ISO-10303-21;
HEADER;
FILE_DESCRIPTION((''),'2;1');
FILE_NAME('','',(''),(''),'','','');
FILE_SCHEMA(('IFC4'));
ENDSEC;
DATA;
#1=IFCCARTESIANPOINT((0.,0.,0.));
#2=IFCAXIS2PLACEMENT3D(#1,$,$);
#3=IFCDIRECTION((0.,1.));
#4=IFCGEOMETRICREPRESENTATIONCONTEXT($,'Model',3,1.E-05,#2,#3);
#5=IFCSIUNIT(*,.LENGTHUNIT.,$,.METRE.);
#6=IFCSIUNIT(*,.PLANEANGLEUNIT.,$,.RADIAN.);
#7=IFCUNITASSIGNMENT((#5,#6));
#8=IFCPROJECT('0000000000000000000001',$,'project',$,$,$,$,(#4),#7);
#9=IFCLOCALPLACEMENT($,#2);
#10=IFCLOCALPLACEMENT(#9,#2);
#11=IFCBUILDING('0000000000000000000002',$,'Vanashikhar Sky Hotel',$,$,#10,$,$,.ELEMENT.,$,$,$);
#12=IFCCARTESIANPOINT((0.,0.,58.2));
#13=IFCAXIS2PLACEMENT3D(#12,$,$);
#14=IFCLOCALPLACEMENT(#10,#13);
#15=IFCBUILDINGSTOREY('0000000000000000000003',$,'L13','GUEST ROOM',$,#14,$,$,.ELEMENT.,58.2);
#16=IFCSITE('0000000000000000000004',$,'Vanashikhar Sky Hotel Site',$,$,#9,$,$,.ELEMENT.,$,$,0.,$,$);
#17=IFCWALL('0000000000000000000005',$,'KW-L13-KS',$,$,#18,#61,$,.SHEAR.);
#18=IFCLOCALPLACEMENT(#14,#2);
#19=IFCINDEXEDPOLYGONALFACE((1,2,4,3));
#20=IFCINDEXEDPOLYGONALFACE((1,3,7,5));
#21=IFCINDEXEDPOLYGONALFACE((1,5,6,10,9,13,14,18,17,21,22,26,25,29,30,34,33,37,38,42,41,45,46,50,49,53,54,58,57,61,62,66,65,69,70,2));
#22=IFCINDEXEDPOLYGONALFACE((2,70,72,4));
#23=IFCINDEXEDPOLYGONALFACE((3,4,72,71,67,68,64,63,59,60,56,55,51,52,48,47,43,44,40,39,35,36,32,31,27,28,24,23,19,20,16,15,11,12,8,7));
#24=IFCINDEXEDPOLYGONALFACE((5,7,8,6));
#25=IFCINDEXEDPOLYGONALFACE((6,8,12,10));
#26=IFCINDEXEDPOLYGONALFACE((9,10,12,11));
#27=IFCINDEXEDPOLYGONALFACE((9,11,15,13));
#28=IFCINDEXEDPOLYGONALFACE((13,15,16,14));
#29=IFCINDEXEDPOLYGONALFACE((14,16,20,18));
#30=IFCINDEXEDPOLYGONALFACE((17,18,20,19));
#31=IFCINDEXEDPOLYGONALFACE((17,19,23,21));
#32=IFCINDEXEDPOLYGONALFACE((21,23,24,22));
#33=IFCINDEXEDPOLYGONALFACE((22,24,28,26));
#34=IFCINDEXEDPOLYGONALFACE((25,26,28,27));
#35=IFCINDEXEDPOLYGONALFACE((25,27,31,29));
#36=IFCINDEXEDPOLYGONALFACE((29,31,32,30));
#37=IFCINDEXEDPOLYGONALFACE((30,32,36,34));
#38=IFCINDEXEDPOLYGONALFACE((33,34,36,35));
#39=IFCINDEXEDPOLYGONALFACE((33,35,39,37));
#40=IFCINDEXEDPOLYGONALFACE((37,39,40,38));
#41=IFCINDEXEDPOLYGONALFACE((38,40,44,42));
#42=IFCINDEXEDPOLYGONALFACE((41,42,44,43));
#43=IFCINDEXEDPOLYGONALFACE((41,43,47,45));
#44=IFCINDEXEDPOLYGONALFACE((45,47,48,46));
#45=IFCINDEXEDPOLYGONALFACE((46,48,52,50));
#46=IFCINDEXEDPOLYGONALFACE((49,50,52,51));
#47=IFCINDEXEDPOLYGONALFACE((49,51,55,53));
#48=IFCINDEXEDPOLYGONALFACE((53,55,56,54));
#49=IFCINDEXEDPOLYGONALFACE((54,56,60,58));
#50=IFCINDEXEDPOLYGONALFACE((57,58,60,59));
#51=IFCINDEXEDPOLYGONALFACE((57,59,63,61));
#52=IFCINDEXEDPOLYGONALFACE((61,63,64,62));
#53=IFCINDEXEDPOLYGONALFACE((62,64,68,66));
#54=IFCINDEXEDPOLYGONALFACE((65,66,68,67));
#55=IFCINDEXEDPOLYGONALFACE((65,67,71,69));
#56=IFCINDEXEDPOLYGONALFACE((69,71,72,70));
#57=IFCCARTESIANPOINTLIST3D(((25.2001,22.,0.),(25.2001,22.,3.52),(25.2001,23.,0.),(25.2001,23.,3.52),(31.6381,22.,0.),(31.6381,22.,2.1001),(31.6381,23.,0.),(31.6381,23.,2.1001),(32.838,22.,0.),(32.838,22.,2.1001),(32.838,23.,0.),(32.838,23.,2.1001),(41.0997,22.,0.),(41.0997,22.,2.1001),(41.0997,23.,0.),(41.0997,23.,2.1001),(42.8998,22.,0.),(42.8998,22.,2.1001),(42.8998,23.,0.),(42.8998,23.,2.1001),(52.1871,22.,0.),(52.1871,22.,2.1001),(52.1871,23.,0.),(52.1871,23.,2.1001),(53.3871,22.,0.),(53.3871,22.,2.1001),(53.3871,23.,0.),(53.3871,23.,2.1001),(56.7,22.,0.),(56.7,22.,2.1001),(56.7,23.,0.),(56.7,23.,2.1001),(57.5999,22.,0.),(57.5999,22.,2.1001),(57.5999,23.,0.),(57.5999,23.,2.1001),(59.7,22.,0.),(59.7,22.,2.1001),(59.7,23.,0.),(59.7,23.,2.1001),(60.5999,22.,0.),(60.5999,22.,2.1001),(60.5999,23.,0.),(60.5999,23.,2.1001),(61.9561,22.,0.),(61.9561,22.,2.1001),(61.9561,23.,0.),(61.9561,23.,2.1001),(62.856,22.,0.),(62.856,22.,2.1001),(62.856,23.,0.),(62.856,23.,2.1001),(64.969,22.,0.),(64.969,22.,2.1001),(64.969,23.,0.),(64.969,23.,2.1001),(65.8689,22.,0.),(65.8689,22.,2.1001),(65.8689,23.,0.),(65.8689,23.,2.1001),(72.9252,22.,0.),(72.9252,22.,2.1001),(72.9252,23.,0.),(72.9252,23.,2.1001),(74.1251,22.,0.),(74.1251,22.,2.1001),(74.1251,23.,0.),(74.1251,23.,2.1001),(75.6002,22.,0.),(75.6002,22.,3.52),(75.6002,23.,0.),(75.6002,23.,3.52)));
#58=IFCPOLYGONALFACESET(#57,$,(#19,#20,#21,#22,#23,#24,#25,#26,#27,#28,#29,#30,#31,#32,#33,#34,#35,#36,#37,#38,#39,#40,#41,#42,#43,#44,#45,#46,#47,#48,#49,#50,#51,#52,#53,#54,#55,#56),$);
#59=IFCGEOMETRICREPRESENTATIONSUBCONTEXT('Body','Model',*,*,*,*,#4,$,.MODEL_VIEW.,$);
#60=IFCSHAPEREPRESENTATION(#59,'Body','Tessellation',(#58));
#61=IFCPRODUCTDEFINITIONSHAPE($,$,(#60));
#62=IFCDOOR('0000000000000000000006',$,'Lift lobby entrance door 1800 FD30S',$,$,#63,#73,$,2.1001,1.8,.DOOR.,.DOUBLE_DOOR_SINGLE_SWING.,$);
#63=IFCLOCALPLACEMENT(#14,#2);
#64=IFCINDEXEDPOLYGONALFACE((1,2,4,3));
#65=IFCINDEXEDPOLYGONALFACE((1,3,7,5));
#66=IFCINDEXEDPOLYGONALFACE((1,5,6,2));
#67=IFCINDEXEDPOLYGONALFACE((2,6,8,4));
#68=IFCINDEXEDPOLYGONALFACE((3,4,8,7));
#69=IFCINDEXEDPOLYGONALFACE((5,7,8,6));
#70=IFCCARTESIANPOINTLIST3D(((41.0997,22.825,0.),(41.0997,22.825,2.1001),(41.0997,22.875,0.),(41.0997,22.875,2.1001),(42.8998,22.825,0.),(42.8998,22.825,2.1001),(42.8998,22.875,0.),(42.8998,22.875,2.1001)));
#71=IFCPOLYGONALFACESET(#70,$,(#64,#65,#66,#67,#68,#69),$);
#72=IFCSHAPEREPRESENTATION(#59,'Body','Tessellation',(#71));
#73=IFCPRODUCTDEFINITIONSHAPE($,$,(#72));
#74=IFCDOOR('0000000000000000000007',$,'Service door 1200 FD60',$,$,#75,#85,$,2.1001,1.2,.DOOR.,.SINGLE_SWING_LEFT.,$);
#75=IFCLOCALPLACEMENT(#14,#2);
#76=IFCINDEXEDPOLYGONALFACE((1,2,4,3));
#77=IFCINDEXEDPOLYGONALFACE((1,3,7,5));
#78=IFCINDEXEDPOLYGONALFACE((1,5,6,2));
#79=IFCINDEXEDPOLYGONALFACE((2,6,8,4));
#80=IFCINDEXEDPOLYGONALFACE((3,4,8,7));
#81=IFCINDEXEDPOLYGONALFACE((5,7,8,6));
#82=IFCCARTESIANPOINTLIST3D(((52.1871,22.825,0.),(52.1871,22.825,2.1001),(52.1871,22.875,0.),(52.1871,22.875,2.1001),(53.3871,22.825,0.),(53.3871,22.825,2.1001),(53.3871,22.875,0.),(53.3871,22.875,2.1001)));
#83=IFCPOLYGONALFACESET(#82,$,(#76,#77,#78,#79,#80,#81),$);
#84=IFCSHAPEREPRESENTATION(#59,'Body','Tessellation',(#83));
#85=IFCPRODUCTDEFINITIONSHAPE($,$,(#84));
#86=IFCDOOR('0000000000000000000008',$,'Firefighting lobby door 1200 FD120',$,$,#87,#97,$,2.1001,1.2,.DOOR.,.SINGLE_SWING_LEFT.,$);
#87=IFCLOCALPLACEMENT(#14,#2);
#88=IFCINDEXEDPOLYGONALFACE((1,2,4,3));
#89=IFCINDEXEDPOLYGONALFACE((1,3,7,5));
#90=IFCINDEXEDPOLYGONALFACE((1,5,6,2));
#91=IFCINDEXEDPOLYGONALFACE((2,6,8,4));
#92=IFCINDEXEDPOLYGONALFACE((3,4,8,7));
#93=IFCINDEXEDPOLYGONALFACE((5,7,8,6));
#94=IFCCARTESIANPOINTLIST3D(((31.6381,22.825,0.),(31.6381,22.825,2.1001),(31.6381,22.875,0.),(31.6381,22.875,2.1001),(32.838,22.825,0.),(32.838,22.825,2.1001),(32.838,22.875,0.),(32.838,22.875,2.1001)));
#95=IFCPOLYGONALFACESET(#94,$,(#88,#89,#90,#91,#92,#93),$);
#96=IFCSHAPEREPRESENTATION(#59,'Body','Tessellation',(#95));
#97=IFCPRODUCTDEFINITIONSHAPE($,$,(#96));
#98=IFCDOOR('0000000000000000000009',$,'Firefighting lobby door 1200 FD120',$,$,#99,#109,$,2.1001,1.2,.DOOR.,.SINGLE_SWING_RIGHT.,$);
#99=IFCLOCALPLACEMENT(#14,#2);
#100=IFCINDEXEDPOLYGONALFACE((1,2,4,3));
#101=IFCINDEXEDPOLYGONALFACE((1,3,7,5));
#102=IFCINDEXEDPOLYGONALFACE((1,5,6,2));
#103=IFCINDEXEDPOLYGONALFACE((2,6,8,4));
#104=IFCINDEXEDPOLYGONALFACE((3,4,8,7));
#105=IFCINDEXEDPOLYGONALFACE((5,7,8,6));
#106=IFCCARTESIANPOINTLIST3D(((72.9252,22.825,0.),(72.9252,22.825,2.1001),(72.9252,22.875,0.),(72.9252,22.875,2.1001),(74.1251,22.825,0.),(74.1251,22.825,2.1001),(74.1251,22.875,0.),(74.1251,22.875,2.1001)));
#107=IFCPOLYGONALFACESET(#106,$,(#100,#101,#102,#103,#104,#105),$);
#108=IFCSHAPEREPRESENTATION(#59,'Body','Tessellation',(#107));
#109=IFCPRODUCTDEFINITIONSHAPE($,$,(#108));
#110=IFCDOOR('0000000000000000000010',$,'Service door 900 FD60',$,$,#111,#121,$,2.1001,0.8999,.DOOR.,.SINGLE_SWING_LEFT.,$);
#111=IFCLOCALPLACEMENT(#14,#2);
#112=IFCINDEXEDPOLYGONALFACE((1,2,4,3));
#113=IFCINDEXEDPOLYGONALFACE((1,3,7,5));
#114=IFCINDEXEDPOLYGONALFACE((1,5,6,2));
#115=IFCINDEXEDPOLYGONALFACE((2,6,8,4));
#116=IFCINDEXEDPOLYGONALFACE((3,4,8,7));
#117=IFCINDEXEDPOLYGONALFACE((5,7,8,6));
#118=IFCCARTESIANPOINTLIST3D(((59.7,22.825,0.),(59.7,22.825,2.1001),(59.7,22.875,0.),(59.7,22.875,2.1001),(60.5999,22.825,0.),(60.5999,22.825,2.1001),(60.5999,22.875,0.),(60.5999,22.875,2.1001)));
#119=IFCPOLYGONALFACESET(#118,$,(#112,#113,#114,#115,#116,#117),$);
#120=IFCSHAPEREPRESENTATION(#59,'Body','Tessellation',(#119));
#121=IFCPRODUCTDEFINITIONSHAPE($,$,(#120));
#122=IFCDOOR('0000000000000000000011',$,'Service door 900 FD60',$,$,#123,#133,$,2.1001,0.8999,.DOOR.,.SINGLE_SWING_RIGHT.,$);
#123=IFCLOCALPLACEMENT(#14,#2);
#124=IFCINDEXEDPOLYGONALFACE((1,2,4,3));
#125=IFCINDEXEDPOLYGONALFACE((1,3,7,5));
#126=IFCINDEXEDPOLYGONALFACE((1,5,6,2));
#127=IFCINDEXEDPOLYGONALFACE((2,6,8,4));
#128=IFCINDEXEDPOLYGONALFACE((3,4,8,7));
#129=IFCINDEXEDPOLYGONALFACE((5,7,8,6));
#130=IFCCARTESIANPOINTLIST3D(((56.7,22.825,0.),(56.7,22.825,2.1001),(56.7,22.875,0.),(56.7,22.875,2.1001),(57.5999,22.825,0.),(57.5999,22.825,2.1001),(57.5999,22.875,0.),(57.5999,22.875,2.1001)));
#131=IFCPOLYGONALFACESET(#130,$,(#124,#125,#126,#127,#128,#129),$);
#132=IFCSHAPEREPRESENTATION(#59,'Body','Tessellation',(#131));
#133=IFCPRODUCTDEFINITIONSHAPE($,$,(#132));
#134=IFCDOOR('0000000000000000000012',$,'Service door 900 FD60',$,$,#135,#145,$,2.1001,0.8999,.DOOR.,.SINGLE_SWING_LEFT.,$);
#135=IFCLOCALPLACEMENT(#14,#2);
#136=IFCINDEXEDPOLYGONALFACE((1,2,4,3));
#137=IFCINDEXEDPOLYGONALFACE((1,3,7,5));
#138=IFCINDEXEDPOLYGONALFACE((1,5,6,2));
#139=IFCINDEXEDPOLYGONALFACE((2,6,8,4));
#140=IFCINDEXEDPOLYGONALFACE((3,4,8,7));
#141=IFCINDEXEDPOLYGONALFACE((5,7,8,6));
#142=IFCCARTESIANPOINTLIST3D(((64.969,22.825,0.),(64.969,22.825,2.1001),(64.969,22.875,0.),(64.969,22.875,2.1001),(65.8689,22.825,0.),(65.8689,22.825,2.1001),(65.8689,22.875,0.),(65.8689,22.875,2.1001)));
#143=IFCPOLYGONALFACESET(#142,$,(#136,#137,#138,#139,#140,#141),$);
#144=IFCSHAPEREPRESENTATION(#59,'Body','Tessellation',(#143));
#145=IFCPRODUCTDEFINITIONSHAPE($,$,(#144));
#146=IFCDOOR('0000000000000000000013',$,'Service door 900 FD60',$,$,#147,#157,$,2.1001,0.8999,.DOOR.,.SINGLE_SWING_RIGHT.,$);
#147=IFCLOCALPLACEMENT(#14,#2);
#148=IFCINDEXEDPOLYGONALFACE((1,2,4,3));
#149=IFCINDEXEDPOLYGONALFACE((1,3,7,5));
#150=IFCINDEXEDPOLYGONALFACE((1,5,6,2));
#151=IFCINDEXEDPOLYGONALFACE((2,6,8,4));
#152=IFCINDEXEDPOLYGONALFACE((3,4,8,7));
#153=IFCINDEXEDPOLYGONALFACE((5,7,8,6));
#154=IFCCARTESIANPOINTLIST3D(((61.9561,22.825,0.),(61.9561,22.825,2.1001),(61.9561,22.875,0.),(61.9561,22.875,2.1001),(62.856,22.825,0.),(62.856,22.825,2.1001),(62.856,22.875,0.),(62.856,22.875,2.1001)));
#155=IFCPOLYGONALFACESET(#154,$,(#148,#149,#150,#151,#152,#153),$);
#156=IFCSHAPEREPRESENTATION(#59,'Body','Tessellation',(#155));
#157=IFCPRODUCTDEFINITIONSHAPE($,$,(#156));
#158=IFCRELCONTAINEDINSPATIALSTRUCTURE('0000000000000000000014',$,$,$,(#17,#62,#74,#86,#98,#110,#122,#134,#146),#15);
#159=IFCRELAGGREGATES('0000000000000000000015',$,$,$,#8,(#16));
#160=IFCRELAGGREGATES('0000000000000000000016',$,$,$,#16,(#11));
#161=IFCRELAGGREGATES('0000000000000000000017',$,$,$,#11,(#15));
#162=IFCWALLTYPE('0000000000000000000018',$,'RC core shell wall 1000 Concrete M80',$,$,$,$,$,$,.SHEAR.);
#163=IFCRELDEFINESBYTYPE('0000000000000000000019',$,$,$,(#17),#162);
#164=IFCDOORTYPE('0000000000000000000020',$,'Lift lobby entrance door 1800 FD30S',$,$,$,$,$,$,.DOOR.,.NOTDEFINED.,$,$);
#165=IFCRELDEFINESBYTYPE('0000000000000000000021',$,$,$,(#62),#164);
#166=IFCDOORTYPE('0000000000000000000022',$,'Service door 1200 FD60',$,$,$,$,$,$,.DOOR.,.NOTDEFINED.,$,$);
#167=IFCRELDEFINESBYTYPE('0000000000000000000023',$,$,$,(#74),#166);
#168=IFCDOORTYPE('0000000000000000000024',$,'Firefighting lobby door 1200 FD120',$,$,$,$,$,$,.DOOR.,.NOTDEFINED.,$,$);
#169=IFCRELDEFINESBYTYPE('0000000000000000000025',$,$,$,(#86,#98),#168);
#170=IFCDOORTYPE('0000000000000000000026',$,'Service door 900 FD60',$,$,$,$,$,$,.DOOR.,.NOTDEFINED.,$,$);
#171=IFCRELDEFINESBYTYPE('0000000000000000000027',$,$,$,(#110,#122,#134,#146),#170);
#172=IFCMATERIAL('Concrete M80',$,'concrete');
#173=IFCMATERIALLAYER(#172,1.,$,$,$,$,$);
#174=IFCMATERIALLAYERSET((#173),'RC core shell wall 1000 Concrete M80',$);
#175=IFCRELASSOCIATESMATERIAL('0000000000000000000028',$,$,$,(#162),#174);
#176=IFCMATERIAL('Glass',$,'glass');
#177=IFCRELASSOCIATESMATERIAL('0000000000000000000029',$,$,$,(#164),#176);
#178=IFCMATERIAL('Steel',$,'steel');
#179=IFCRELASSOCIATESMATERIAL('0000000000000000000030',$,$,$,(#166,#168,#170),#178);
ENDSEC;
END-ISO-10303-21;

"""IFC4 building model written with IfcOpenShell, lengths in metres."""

from ifc_helpers import new_model, si_unit, direction, frame, frame_2d, origin, place, context, subcontext, project, spatial, rectangle, extrude, source, transform, mapped, material, layer, layer_set, type_object, element, fill, save


model = new_model("IFC4")

# Units and contexts
model_context = context("Model", 3, precision=1e-05, world=origin(), true_north=direction((0.0, 1.0)))
body_context = subcontext(model_context, "Body", "Model", "MODEL_VIEW")
ifc_project = project(units=[si_unit("LENGTHUNIT", "METRE"), si_unit("PLANEANGLEUNIT", "RADIAN")], contexts=[model_context])

# Site, building, storey
site_placement = place(None, origin())
site = spatial("IfcSite", under=ifc_project, at=site_placement, Name="Vanashikhar Sky Hotel Site", CompositionType="ELEMENT", RefElevation=0.0)
building_placement = place(site_placement, origin())
building = spatial("IfcBuilding", under=site, at=building_placement, Name="Vanashikhar Sky Hotel", CompositionType="ELEMENT")
storey_placement = place(building_placement, frame((0.0, 0.0, 58.2)))
storey = spatial("IfcBuildingStorey", under=building, at=storey_placement, Name="L13", Description="GUEST ROOM", CompositionType="ELEMENT", Elevation=58.2)

# Wall, openings, doors
ifc_material_1 = material(Name="Concrete M80", Category="concrete")
ifc_layer_1 = layer(ifc_material_1, 1.0)
ifc_layer_set_1 = layer_set([ifc_layer_1], Name="RC core shell wall 1000 Concrete M80")
wall_type_1 = type_object("IfcWallType", Name="RC core shell wall 1000 Concrete M80", PredefinedType="SHEAR", material=ifc_layer_set_1)
shared_shape_1 = source(origin(), body_context, "Body", "SweptSolid", [
    extrude(rectangle(XDim=50.4001, YDim=1.0, at=frame_2d((25.2002, 0.0))), origin(), (0.0, 0.0, 1.0), 3.52),
])
wall_1_placement = place(storey_placement, frame((25.2, 22.5, 0.0), z_axis=(0.0, 0.0, 1.0), x_axis=(1.0, 0.0, 0.0)))
wall_1 = element("IfcWall", 1, at=wall_1_placement, inside=storey, type_object=wall_type_1, Name="KW-L13-KS", PredefinedType="SHEAR", context=body_context, shape_type="MappedRepresentation", body=[
    mapped(shared_shape_1, transform((0.0, 0.0, 0.0), scale=1.0)),
])
shared_shape_2 = source(origin(), body_context, "Body", "SweptSolid", [
    extrude(rectangle(XDim=1.8, YDim=2.1001, at=frame_2d((0.8999, 1.05))), frame((0.0, 0.51, 0.0), z_axis=(0.0, -1.0, 0.0), x_axis=(1.0, 0.0, 0.0)), (0.0, 0.0, 1.0), 1.02),
])
opening_1_placement = place(wall_1_placement, frame((15.8999, 0.0, 0.0)))
opening_1 = element("IfcOpeningElement", 2, at=opening_1_placement, cuts=wall_1, PredefinedType="OPENING", context=body_context, shape_type="MappedRepresentation", body=[
    mapped(shared_shape_2, transform((0.0, 0.0, 0.0), scale=1.0)),
])
shared_shape_3 = source(origin(), body_context, "Body", "SweptSolid", [
    extrude(rectangle(XDim=1.2, YDim=2.1001, at=frame_2d((0.6001, 1.05))), frame((0.0, 0.51, 0.0), z_axis=(0.0, -1.0, 0.0), x_axis=(1.0, 0.0, 0.0)), (0.0, 0.0, 1.0), 1.02),
])
opening_2_placement = place(wall_1_placement, frame((26.9871, 0.0, 0.0)))
opening_2 = element("IfcOpeningElement", 3, at=opening_2_placement, cuts=wall_1, PredefinedType="OPENING", context=body_context, shape_type="MappedRepresentation", body=[
    mapped(shared_shape_3, transform((0.0, 0.0, 0.0), scale=1.0)),
])
shared_shape_4 = source(origin(), body_context, "Body", "SweptSolid", [
    extrude(rectangle(XDim=0.8999, YDim=2.1001, at=frame_2d((0.45, 1.05))), frame((0.0, 0.51, 0.0), z_axis=(0.0, -1.0, 0.0), x_axis=(1.0, 0.0, 0.0)), (0.0, 0.0, 1.0), 1.02),
])
opening_3_placement = place(wall_1_placement, frame((34.5, 0.0, 0.0)))
opening_3 = element("IfcOpeningElement", 4, at=opening_3_placement, cuts=wall_1, PredefinedType="OPENING", context=body_context, shape_type="MappedRepresentation", body=[
    mapped(shared_shape_4, transform((0.0, 0.0, 0.0), scale=1.0)),
])
opening_4_placement = place(wall_1_placement, frame((31.5, 0.0, 0.0)))
opening_4 = element("IfcOpeningElement", 5, at=opening_4_placement, cuts=wall_1, PredefinedType="OPENING", context=body_context, shape_type="MappedRepresentation", body=[
    mapped(shared_shape_4, transform((0.0, 0.0, 0.0), scale=1.0)),
])
opening_5_placement = place(wall_1_placement, frame((39.769, 0.0, 0.0)))
opening_5 = element("IfcOpeningElement", 6, at=opening_5_placement, cuts=wall_1, PredefinedType="OPENING", context=body_context, shape_type="MappedRepresentation", body=[
    mapped(shared_shape_4, transform((0.0, 0.0, 0.0), scale=1.0)),
])
opening_6_placement = place(wall_1_placement, frame((36.7561, 0.0, 0.0)))
opening_6 = element("IfcOpeningElement", 7, at=opening_6_placement, cuts=wall_1, PredefinedType="OPENING", context=body_context, shape_type="MappedRepresentation", body=[
    mapped(shared_shape_4, transform((0.0, 0.0, 0.0), scale=1.0)),
])
opening_7_placement = place(wall_1_placement, frame((6.438, 0.0, 0.0)))
opening_7 = element("IfcOpeningElement", 8, at=opening_7_placement, cuts=wall_1, PredefinedType="OPENING", context=body_context, shape_type="MappedRepresentation", body=[
    mapped(shared_shape_3, transform((0.0, 0.0, 0.0), scale=1.0)),
])
opening_8_placement = place(wall_1_placement, frame((47.7251, 0.0, 0.0)))
opening_8 = element("IfcOpeningElement", 9, at=opening_8_placement, cuts=wall_1, PredefinedType="OPENING", context=body_context, shape_type="MappedRepresentation", body=[
    mapped(shared_shape_3, transform((0.0, 0.0, 0.0), scale=1.0)),
])
ifc_material_2 = material(Name="Glass", Category="glass")
door_type_1 = type_object("IfcDoorType", Name="Lift lobby entrance door 1800 FD30S", OperationType="NOTDEFINED", PredefinedType="DOOR", material=ifc_material_2)
shared_shape_5 = source(origin(), body_context, "Body", "SweptSolid", [
    extrude(rectangle(XDim=1.8, YDim=2.1001, at=frame_2d((0.8999, 1.05))), frame((0.0, 0.375, 0.0), z_axis=(0.0, -1.0, 0.0), x_axis=(1.0, 0.0, 0.0)), (0.0, 0.0, 1.0), 0.05),
])
door_1_placement = place(opening_1_placement, origin())
door_1 = element("IfcDoor", 10, at=door_1_placement, inside=storey, type_object=door_type_1, Name="Lift lobby entrance door 1800 FD30S", OperationType="DOUBLE_DOOR_SINGLE_SWING", OverallHeight=2.1001, OverallWidth=1.8, PredefinedType="DOOR", context=body_context, shape_type="MappedRepresentation", body=[
    mapped(shared_shape_5, transform((0.0, 0.0, 0.0), scale=1.0)),
])
fill(opening_1, door_1)
ifc_material_3 = material(Name="Steel", Category="steel")
door_type_2 = type_object("IfcDoorType", Name="Service door 1200 FD60", OperationType="NOTDEFINED", PredefinedType="DOOR", material=ifc_material_3)
shared_shape_6 = source(origin(), body_context, "Body", "SweptSolid", [
    extrude(rectangle(XDim=1.2, YDim=2.1001, at=frame_2d((0.6001, 1.05))), frame((0.0, 0.375, 0.0), z_axis=(0.0, -1.0, 0.0), x_axis=(1.0, 0.0, 0.0)), (0.0, 0.0, 1.0), 0.05),
])
door_2_placement = place(opening_2_placement, origin())
door_2 = element("IfcDoor", 11, at=door_2_placement, inside=storey, type_object=door_type_2, Name="Service door 1200 FD60", OperationType="SINGLE_SWING_LEFT", OverallHeight=2.1001, OverallWidth=1.2, PredefinedType="DOOR", context=body_context, shape_type="MappedRepresentation", body=[
    mapped(shared_shape_6, transform((0.0, 0.0, 0.0), scale=1.0)),
])
fill(opening_2, door_2)
door_type_3 = type_object("IfcDoorType", Name="Firefighting lobby door 1200 FD120", OperationType="NOTDEFINED", PredefinedType="DOOR", material=ifc_material_3)
door_3_placement = place(opening_7_placement, origin())
door_3 = element("IfcDoor", 12, at=door_3_placement, inside=storey, type_object=door_type_3, Name="Firefighting lobby door 1200 FD120", OperationType="SINGLE_SWING_LEFT", OverallHeight=2.1001, OverallWidth=1.2, PredefinedType="DOOR", context=body_context, shape_type="MappedRepresentation", body=[
    mapped(shared_shape_6, transform((0.0, 0.0, 0.0), scale=1.0)),
])
fill(opening_7, door_3)
door_4_placement = place(opening_8_placement, origin())
door_4 = element("IfcDoor", 13, at=door_4_placement, inside=storey, type_object=door_type_3, Name="Firefighting lobby door 1200 FD120", OperationType="SINGLE_SWING_RIGHT", OverallHeight=2.1001, OverallWidth=1.2, PredefinedType="DOOR", context=body_context, shape_type="MappedRepresentation", body=[
    mapped(shared_shape_6, transform((0.0, 0.0, 0.0), scale=1.0)),
])
fill(opening_8, door_4)
door_type_4 = type_object("IfcDoorType", Name="Service door 900 FD60", OperationType="NOTDEFINED", PredefinedType="DOOR", material=ifc_material_3)
shared_shape_7 = source(origin(), body_context, "Body", "SweptSolid", [
    extrude(rectangle(XDim=0.8999, YDim=2.1001, at=frame_2d((0.45, 1.05))), frame((0.0, 0.375, 0.0), z_axis=(0.0, -1.0, 0.0), x_axis=(1.0, 0.0, 0.0)), (0.0, 0.0, 1.0), 0.05),
])
door_5_placement = place(opening_3_placement, origin())
door_5 = element("IfcDoor", 14, at=door_5_placement, inside=storey, type_object=door_type_4, Name="Service door 900 FD60", OperationType="SINGLE_SWING_LEFT", OverallHeight=2.1001, OverallWidth=0.8999, PredefinedType="DOOR", context=body_context, shape_type="MappedRepresentation", body=[
    mapped(shared_shape_7, transform((0.0, 0.0, 0.0), scale=1.0)),
])
fill(opening_3, door_5)
door_6_placement = place(opening_4_placement, origin())
door_6 = element("IfcDoor", 15, at=door_6_placement, inside=storey, type_object=door_type_4, Name="Service door 900 FD60", OperationType="SINGLE_SWING_RIGHT", OverallHeight=2.1001, OverallWidth=0.8999, PredefinedType="DOOR", context=body_context, shape_type="MappedRepresentation", body=[
    mapped(shared_shape_7, transform((0.0, 0.0, 0.0), scale=1.0)),
])
fill(opening_4, door_6)
door_7_placement = place(opening_5_placement, origin())
door_7 = element("IfcDoor", 16, at=door_7_placement, inside=storey, type_object=door_type_4, Name="Service door 900 FD60", OperationType="SINGLE_SWING_LEFT", OverallHeight=2.1001, OverallWidth=0.8999, PredefinedType="DOOR", context=body_context, shape_type="MappedRepresentation", body=[
    mapped(shared_shape_7, transform((0.0, 0.0, 0.0), scale=1.0)),
])
fill(opening_5, door_7)
door_8_placement = place(opening_6_placement, origin())
door_8 = element("IfcDoor", 17, at=door_8_placement, inside=storey, type_object=door_type_4, Name="Service door 900 FD60", OperationType="SINGLE_SWING_RIGHT", OverallHeight=2.1001, OverallWidth=0.8999, PredefinedType="DOOR", context=body_context, shape_type="MappedRepresentation", body=[
    mapped(shared_shape_7, transform((0.0, 0.0, 0.0), scale=1.0)),
])
fill(opening_6, door_8)

save(model, "model.ifc")
